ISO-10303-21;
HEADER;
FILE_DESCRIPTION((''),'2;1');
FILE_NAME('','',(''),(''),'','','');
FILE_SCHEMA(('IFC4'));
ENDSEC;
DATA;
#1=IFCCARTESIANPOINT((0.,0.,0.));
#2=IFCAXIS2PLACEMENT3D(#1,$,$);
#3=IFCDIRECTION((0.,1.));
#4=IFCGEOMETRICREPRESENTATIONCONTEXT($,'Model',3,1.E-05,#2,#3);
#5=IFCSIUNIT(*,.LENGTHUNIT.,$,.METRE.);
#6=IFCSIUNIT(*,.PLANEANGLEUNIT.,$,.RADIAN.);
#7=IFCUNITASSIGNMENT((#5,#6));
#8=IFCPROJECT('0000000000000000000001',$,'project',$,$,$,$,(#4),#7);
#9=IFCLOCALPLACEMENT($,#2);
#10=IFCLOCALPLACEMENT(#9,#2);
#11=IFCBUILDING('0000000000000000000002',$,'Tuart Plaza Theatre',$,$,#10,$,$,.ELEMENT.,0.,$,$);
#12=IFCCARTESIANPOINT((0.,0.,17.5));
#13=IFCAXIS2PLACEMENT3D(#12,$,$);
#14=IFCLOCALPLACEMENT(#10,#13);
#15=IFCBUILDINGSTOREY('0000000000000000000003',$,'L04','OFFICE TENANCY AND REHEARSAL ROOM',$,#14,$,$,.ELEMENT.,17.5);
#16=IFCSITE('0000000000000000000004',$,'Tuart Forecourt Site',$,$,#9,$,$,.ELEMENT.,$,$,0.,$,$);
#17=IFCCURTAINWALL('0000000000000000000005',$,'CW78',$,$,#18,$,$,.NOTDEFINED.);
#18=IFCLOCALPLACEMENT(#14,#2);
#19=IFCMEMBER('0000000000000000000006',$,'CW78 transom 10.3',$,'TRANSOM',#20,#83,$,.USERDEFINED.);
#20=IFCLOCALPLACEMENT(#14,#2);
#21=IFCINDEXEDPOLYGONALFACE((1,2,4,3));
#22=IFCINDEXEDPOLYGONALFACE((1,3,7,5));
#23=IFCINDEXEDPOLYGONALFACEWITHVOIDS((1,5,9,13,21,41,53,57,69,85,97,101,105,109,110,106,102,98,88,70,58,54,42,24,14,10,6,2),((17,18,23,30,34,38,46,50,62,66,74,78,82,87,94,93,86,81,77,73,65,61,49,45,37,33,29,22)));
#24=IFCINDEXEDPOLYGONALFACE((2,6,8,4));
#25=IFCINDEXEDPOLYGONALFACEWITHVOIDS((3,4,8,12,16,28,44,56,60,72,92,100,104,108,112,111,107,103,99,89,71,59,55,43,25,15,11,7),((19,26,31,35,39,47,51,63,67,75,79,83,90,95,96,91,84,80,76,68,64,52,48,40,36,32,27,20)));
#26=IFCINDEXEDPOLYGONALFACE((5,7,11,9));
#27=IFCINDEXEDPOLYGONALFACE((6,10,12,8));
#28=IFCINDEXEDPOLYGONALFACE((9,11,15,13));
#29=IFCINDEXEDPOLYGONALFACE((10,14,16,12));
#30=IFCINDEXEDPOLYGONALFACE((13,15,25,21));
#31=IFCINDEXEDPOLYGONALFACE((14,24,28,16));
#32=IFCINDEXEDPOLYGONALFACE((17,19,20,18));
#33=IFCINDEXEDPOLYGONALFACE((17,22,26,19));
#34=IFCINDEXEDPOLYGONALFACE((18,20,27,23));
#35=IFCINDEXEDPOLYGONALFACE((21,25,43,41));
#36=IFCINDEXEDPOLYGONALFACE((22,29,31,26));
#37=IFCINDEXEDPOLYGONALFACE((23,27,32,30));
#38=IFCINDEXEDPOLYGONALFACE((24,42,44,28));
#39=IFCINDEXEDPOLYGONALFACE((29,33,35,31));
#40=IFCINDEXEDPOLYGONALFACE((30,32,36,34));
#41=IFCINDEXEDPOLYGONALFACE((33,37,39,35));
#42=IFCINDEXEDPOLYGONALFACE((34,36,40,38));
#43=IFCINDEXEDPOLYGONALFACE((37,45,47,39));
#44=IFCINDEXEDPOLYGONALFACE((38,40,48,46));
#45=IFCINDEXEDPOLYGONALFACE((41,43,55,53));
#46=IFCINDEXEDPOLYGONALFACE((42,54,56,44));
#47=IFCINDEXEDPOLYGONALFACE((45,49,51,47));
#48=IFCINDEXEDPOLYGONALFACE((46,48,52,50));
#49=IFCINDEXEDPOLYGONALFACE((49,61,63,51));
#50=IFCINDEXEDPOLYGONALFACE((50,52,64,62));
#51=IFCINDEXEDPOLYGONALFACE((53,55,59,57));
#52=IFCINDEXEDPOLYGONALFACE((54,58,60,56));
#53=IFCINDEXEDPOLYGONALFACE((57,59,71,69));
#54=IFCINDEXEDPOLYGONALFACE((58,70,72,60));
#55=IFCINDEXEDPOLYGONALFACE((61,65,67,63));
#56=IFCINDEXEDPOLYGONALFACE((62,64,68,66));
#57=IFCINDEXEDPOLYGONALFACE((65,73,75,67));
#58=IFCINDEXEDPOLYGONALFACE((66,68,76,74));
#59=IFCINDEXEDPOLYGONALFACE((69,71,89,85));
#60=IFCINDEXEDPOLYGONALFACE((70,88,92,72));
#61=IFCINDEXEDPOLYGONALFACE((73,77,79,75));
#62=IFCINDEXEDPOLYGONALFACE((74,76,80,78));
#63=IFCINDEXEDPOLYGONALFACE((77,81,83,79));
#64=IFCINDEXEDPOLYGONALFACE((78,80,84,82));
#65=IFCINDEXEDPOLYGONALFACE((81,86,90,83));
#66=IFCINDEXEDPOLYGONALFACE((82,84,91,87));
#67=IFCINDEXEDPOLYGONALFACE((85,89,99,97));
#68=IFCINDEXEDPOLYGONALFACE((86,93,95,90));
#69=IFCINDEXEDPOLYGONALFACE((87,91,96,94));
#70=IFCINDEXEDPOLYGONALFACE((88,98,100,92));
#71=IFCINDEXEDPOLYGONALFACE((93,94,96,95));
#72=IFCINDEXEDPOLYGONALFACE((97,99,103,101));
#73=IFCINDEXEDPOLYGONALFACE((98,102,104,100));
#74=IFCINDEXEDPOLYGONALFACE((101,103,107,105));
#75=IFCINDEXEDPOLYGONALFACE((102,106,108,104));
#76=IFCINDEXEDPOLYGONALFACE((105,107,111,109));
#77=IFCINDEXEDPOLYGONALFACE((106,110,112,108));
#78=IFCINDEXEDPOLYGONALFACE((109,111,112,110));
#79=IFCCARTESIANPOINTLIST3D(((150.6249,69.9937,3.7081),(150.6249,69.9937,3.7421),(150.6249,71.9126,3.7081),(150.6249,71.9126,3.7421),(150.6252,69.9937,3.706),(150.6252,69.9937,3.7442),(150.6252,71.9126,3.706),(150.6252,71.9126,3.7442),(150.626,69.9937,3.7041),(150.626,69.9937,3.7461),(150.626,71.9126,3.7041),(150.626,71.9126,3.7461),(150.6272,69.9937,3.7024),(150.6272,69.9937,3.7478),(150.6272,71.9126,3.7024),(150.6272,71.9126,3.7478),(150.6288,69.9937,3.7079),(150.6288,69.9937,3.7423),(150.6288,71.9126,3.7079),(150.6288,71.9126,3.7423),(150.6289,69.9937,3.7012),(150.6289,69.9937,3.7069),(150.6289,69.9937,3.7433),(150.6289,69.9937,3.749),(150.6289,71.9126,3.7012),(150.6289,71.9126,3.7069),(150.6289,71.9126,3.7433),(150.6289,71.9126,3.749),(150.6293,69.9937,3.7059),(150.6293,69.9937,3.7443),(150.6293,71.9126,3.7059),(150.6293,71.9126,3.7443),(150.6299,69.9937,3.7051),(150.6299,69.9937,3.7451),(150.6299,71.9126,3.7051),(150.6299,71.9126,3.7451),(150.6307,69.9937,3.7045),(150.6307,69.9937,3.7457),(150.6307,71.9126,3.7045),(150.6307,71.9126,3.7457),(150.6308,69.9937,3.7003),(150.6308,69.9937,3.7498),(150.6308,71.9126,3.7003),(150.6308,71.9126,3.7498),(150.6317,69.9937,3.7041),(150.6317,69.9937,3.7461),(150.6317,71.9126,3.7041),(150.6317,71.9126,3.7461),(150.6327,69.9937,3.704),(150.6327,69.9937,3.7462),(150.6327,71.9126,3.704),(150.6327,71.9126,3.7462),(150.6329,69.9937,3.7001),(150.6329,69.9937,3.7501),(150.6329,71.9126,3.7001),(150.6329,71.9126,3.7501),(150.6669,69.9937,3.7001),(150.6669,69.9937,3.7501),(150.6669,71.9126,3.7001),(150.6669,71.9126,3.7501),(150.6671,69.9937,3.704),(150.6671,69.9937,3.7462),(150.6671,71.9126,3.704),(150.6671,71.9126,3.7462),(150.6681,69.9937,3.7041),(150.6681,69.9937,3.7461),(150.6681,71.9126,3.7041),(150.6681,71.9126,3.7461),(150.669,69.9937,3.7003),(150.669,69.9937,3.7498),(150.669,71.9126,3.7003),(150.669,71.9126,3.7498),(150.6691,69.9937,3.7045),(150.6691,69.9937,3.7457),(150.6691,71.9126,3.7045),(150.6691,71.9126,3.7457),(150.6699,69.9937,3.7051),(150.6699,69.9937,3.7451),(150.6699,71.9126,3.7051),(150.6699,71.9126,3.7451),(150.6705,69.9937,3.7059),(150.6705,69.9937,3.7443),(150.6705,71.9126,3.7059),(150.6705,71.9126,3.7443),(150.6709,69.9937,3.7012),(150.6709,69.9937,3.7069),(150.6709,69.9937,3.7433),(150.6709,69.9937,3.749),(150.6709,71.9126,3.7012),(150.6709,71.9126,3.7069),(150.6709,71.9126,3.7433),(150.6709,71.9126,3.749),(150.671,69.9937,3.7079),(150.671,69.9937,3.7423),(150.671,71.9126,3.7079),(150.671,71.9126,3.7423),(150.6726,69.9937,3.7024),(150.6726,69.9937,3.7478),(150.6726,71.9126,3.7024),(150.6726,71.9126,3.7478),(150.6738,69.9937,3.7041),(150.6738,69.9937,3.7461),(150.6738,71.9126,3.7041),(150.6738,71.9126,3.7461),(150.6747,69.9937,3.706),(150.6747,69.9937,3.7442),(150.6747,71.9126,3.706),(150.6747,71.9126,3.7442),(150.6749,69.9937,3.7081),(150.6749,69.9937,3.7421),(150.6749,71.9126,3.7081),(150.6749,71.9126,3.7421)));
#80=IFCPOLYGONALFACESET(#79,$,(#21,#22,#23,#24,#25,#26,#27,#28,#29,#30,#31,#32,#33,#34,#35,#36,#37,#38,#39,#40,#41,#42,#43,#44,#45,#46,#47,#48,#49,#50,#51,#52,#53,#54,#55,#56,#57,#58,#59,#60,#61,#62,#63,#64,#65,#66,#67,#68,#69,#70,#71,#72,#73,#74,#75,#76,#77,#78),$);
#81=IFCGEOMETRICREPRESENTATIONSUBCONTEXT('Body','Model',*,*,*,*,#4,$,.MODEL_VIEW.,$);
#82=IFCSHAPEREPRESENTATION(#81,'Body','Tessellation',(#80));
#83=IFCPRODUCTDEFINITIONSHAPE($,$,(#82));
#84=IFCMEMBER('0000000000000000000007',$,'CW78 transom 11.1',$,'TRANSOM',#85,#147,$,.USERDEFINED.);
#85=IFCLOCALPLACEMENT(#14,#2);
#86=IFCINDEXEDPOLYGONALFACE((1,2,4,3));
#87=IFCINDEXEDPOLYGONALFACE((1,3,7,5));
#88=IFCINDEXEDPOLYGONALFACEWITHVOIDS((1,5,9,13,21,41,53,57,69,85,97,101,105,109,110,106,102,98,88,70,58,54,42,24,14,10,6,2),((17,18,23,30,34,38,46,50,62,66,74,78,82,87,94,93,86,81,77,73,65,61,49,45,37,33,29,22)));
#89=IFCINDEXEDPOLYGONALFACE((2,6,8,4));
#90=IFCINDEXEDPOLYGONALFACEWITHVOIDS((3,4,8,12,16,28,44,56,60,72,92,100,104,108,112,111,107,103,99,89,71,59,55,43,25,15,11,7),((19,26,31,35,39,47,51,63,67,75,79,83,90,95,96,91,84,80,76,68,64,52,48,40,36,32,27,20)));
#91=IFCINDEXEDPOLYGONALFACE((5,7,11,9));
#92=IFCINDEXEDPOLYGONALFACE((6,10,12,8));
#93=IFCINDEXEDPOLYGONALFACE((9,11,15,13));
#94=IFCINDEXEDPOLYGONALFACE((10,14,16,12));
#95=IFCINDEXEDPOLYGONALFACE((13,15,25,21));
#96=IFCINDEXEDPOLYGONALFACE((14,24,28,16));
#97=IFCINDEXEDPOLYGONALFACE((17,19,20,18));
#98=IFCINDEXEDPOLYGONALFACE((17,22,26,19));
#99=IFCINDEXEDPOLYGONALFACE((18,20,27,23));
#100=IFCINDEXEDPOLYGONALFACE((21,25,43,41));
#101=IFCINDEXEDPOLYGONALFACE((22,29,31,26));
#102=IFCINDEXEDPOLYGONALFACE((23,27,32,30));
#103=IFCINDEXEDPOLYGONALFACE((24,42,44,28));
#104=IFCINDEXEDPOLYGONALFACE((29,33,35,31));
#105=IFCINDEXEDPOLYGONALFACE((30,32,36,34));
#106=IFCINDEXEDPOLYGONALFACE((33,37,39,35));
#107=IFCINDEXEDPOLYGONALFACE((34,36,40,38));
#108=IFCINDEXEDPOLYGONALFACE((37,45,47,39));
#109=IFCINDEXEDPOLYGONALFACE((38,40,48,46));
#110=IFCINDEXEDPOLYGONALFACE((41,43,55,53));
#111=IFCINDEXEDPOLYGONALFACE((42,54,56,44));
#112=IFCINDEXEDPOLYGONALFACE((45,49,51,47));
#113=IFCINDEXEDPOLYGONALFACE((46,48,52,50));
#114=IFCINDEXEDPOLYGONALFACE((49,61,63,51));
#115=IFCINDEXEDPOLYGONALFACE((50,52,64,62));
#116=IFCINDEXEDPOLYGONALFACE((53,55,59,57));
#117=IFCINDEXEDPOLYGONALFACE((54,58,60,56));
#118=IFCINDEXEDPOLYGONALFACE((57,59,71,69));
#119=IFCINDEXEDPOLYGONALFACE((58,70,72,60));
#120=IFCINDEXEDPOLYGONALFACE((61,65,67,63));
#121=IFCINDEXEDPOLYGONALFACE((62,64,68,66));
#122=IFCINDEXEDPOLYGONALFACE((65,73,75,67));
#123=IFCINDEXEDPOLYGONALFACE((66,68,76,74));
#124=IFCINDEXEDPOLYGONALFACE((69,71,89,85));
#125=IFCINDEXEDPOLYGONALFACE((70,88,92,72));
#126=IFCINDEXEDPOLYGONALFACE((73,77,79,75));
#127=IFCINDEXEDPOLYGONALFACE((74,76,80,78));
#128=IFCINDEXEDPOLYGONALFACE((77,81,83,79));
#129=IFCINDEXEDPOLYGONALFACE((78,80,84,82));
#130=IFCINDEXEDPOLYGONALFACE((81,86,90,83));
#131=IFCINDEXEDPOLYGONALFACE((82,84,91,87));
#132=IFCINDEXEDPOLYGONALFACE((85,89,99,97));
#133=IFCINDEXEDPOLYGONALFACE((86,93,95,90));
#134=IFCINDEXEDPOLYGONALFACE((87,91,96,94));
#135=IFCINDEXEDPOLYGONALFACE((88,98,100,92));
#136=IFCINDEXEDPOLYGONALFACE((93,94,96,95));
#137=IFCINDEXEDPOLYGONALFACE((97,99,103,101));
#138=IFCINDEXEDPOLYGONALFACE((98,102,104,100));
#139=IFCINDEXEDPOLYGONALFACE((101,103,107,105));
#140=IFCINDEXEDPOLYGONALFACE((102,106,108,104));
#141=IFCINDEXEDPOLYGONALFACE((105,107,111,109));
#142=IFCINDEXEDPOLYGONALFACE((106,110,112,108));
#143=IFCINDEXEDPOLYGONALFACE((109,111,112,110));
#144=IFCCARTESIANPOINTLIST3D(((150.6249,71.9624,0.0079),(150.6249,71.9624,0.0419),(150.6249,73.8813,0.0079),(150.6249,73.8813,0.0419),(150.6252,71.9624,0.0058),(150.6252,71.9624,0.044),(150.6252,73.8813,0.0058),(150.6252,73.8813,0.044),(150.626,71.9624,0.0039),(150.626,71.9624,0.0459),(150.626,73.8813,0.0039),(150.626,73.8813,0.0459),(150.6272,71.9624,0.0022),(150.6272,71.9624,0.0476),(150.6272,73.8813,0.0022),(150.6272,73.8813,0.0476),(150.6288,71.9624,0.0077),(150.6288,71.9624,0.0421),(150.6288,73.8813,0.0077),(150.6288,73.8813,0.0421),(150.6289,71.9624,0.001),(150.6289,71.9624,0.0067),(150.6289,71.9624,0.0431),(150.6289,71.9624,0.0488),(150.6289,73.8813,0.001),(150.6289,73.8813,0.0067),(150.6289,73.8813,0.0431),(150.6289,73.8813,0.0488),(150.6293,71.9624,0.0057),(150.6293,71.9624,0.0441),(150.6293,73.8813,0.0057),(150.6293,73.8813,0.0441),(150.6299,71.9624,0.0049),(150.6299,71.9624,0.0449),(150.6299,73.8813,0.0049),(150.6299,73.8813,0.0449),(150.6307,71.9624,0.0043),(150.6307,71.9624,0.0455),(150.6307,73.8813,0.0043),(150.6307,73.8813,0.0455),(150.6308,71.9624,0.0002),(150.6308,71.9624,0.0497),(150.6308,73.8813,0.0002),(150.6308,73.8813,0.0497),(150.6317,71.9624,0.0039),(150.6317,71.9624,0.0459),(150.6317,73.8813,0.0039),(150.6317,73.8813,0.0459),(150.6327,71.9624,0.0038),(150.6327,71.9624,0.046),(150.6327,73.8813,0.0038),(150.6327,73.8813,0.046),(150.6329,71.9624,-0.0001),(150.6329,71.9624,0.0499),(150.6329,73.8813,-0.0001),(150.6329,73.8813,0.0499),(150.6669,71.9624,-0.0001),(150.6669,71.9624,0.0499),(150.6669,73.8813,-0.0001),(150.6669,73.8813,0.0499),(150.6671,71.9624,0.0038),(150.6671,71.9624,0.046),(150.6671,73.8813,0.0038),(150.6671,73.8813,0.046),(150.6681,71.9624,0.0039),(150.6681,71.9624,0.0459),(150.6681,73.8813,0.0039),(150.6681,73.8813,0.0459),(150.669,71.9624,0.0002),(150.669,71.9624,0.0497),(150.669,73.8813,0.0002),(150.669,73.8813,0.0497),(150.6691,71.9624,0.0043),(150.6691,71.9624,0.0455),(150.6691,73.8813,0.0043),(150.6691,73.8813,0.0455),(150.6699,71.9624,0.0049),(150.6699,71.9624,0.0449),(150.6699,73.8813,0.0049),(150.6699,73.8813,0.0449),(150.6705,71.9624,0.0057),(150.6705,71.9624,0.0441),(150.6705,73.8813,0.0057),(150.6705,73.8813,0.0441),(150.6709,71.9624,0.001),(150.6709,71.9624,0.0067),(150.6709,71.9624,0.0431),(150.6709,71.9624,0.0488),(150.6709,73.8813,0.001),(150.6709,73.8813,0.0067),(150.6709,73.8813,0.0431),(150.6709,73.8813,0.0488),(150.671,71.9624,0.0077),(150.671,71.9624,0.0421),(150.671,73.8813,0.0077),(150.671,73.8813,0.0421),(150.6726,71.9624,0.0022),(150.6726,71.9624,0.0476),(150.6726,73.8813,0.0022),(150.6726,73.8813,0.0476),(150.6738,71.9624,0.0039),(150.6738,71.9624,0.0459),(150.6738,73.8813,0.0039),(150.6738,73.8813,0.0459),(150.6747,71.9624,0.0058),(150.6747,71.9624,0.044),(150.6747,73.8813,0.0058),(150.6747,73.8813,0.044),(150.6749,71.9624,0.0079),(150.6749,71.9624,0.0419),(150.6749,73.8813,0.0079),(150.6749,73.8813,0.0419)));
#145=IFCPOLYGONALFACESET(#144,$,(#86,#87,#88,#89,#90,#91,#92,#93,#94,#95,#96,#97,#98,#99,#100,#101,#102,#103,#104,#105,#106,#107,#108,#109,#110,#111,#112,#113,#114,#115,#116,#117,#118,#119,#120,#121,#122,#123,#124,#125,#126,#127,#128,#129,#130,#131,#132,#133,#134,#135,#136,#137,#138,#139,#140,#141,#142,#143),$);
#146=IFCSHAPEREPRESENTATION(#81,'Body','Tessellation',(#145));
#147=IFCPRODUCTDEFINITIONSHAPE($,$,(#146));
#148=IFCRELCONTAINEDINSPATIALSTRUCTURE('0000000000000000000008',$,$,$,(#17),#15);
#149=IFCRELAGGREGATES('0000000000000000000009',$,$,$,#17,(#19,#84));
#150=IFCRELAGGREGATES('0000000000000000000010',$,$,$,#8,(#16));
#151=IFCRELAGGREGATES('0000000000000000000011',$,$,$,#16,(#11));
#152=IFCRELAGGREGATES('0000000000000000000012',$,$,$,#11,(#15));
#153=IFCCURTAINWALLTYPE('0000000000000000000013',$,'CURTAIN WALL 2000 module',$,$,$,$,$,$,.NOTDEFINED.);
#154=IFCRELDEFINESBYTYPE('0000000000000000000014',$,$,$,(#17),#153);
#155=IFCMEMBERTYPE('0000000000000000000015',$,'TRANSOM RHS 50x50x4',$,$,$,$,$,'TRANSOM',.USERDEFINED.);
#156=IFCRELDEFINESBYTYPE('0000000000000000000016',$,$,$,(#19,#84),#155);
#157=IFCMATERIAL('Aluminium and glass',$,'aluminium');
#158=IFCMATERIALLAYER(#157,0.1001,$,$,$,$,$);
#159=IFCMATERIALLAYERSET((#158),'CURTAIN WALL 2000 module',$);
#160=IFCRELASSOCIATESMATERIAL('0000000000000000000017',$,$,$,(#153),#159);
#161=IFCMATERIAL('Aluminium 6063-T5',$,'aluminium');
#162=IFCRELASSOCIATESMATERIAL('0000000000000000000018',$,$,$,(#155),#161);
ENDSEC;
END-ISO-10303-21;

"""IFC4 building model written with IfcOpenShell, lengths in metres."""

from ifc_helpers import new_model, si_unit, direction, frame, origin, origin_2d, place, context, subcontext, project, spatial, hollow_rectangle, extrude, material, layer, layer_set, material_profile, profile_set, type_object, element, aggregate, save


model = new_model("IFC4")

# Units and contexts
model_context = context("Model", 3, precision=1e-05, world=origin(), true_north=direction((0.0, 1.0)))
body_context = subcontext(model_context, "Body", "Model", "MODEL_VIEW")
ifc_project = project(units=[si_unit("LENGTHUNIT", "METRE"), si_unit("PLANEANGLEUNIT", "RADIAN")], contexts=[model_context])

# Site, building, storey
site_placement = place(None, origin())
site = spatial("IfcSite", under=ifc_project, at=site_placement, Name="Tuart Forecourt Site", CompositionType="ELEMENT", RefElevation=0.0)
building_placement = place(site_placement, origin())
building = spatial("IfcBuilding", under=site, at=building_placement, Name="Tuart Plaza Theatre", CompositionType="ELEMENT", ElevationOfRefHeight=0.0)
storey_placement = place(building_placement, frame((0.0, 0.0, 17.5)))
storey = spatial("IfcBuildingStorey", under=building, at=storey_placement, Name="L04", Description="OFFICE TENANCY AND REHEARSAL ROOM", CompositionType="ELEMENT", Elevation=17.5)

# Curtain wall, members
ifc_material_1 = material(Name="Aluminium and glass", Category="aluminium")
ifc_layer_1 = layer(ifc_material_1, 0.1001)
ifc_layer_set_1 = layer_set([ifc_layer_1], Name="CURTAIN WALL 2000 module")
curtain_wall_type = type_object("IfcCurtainWallType", Name="CURTAIN WALL 2000 module", PredefinedType="NOTDEFINED", material=ifc_layer_set_1)
curtain_wall_placement = place(storey_placement, origin())
curtain_wall = element("IfcCurtainWall", 1, at=curtain_wall_placement, inside=storey, type_object=curtain_wall_type, Name="CW78", PredefinedType="NOTDEFINED")
ifc_material_2 = material(Name="Aluminium 6063-T5", Category="aluminium")
ifc_material_profile_1 = material_profile(ifc_material_2, hollow_rectangle(XDim=0.05, YDim=0.05, WallThickness=0.0039, InnerFilletRadius=0.0039, OuterFilletRadius=0.0081, at=origin_2d()), Name="RHS 50x50x4")
ifc_profile_set_1 = profile_set([ifc_material_profile_1], Name="Aluminium 6063-T5")
member_type_1 = type_object("IfcMemberType", Name="TRANSOM RHS 50x50x4", ElementType="TRANSOM", PredefinedType="USERDEFINED", material=ifc_profile_set_1)
member_1_placement = place(storey_placement, frame((150.6499, 69.9937, 3.7251), z_axis=(0.0, 1.0, 0.0), x_axis=(-1.0, 0.0, 0.0)))
member_1 = element("IfcMember", 2, at=member_1_placement, type_object=member_type_1, Name="CW78 transom 10.3", ObjectType="TRANSOM", PredefinedType="USERDEFINED", context=body_context, shape_type="SweptSolid", body=[
    extrude(hollow_rectangle(XDim=0.05, YDim=0.05, WallThickness=0.0039, InnerFilletRadius=0.0039, OuterFilletRadius=0.0081, at=origin_2d()), origin(), (0.0, 0.0, 1.0), 1.9189),
])
member_2_placement = place(storey_placement, frame((150.6499, 71.9624, 0.0249), z_axis=(0.0, 1.0, 0.0), x_axis=(-1.0, 0.0, 0.0)))
member_2 = element("IfcMember", 3, at=member_2_placement, type_object=member_type_1, Name="CW78 transom 11.1", ObjectType="TRANSOM", PredefinedType="USERDEFINED", context=body_context, shape_type="SweptSolid", body=[
    extrude(hollow_rectangle(XDim=0.05, YDim=0.05, WallThickness=0.0039, InnerFilletRadius=0.0039, OuterFilletRadius=0.0081, at=origin_2d()), origin(), (0.0, 0.0, 1.0), 1.9189),
])
aggregate(curtain_wall, [member_1, member_2])

save(model, "model.ifc")
